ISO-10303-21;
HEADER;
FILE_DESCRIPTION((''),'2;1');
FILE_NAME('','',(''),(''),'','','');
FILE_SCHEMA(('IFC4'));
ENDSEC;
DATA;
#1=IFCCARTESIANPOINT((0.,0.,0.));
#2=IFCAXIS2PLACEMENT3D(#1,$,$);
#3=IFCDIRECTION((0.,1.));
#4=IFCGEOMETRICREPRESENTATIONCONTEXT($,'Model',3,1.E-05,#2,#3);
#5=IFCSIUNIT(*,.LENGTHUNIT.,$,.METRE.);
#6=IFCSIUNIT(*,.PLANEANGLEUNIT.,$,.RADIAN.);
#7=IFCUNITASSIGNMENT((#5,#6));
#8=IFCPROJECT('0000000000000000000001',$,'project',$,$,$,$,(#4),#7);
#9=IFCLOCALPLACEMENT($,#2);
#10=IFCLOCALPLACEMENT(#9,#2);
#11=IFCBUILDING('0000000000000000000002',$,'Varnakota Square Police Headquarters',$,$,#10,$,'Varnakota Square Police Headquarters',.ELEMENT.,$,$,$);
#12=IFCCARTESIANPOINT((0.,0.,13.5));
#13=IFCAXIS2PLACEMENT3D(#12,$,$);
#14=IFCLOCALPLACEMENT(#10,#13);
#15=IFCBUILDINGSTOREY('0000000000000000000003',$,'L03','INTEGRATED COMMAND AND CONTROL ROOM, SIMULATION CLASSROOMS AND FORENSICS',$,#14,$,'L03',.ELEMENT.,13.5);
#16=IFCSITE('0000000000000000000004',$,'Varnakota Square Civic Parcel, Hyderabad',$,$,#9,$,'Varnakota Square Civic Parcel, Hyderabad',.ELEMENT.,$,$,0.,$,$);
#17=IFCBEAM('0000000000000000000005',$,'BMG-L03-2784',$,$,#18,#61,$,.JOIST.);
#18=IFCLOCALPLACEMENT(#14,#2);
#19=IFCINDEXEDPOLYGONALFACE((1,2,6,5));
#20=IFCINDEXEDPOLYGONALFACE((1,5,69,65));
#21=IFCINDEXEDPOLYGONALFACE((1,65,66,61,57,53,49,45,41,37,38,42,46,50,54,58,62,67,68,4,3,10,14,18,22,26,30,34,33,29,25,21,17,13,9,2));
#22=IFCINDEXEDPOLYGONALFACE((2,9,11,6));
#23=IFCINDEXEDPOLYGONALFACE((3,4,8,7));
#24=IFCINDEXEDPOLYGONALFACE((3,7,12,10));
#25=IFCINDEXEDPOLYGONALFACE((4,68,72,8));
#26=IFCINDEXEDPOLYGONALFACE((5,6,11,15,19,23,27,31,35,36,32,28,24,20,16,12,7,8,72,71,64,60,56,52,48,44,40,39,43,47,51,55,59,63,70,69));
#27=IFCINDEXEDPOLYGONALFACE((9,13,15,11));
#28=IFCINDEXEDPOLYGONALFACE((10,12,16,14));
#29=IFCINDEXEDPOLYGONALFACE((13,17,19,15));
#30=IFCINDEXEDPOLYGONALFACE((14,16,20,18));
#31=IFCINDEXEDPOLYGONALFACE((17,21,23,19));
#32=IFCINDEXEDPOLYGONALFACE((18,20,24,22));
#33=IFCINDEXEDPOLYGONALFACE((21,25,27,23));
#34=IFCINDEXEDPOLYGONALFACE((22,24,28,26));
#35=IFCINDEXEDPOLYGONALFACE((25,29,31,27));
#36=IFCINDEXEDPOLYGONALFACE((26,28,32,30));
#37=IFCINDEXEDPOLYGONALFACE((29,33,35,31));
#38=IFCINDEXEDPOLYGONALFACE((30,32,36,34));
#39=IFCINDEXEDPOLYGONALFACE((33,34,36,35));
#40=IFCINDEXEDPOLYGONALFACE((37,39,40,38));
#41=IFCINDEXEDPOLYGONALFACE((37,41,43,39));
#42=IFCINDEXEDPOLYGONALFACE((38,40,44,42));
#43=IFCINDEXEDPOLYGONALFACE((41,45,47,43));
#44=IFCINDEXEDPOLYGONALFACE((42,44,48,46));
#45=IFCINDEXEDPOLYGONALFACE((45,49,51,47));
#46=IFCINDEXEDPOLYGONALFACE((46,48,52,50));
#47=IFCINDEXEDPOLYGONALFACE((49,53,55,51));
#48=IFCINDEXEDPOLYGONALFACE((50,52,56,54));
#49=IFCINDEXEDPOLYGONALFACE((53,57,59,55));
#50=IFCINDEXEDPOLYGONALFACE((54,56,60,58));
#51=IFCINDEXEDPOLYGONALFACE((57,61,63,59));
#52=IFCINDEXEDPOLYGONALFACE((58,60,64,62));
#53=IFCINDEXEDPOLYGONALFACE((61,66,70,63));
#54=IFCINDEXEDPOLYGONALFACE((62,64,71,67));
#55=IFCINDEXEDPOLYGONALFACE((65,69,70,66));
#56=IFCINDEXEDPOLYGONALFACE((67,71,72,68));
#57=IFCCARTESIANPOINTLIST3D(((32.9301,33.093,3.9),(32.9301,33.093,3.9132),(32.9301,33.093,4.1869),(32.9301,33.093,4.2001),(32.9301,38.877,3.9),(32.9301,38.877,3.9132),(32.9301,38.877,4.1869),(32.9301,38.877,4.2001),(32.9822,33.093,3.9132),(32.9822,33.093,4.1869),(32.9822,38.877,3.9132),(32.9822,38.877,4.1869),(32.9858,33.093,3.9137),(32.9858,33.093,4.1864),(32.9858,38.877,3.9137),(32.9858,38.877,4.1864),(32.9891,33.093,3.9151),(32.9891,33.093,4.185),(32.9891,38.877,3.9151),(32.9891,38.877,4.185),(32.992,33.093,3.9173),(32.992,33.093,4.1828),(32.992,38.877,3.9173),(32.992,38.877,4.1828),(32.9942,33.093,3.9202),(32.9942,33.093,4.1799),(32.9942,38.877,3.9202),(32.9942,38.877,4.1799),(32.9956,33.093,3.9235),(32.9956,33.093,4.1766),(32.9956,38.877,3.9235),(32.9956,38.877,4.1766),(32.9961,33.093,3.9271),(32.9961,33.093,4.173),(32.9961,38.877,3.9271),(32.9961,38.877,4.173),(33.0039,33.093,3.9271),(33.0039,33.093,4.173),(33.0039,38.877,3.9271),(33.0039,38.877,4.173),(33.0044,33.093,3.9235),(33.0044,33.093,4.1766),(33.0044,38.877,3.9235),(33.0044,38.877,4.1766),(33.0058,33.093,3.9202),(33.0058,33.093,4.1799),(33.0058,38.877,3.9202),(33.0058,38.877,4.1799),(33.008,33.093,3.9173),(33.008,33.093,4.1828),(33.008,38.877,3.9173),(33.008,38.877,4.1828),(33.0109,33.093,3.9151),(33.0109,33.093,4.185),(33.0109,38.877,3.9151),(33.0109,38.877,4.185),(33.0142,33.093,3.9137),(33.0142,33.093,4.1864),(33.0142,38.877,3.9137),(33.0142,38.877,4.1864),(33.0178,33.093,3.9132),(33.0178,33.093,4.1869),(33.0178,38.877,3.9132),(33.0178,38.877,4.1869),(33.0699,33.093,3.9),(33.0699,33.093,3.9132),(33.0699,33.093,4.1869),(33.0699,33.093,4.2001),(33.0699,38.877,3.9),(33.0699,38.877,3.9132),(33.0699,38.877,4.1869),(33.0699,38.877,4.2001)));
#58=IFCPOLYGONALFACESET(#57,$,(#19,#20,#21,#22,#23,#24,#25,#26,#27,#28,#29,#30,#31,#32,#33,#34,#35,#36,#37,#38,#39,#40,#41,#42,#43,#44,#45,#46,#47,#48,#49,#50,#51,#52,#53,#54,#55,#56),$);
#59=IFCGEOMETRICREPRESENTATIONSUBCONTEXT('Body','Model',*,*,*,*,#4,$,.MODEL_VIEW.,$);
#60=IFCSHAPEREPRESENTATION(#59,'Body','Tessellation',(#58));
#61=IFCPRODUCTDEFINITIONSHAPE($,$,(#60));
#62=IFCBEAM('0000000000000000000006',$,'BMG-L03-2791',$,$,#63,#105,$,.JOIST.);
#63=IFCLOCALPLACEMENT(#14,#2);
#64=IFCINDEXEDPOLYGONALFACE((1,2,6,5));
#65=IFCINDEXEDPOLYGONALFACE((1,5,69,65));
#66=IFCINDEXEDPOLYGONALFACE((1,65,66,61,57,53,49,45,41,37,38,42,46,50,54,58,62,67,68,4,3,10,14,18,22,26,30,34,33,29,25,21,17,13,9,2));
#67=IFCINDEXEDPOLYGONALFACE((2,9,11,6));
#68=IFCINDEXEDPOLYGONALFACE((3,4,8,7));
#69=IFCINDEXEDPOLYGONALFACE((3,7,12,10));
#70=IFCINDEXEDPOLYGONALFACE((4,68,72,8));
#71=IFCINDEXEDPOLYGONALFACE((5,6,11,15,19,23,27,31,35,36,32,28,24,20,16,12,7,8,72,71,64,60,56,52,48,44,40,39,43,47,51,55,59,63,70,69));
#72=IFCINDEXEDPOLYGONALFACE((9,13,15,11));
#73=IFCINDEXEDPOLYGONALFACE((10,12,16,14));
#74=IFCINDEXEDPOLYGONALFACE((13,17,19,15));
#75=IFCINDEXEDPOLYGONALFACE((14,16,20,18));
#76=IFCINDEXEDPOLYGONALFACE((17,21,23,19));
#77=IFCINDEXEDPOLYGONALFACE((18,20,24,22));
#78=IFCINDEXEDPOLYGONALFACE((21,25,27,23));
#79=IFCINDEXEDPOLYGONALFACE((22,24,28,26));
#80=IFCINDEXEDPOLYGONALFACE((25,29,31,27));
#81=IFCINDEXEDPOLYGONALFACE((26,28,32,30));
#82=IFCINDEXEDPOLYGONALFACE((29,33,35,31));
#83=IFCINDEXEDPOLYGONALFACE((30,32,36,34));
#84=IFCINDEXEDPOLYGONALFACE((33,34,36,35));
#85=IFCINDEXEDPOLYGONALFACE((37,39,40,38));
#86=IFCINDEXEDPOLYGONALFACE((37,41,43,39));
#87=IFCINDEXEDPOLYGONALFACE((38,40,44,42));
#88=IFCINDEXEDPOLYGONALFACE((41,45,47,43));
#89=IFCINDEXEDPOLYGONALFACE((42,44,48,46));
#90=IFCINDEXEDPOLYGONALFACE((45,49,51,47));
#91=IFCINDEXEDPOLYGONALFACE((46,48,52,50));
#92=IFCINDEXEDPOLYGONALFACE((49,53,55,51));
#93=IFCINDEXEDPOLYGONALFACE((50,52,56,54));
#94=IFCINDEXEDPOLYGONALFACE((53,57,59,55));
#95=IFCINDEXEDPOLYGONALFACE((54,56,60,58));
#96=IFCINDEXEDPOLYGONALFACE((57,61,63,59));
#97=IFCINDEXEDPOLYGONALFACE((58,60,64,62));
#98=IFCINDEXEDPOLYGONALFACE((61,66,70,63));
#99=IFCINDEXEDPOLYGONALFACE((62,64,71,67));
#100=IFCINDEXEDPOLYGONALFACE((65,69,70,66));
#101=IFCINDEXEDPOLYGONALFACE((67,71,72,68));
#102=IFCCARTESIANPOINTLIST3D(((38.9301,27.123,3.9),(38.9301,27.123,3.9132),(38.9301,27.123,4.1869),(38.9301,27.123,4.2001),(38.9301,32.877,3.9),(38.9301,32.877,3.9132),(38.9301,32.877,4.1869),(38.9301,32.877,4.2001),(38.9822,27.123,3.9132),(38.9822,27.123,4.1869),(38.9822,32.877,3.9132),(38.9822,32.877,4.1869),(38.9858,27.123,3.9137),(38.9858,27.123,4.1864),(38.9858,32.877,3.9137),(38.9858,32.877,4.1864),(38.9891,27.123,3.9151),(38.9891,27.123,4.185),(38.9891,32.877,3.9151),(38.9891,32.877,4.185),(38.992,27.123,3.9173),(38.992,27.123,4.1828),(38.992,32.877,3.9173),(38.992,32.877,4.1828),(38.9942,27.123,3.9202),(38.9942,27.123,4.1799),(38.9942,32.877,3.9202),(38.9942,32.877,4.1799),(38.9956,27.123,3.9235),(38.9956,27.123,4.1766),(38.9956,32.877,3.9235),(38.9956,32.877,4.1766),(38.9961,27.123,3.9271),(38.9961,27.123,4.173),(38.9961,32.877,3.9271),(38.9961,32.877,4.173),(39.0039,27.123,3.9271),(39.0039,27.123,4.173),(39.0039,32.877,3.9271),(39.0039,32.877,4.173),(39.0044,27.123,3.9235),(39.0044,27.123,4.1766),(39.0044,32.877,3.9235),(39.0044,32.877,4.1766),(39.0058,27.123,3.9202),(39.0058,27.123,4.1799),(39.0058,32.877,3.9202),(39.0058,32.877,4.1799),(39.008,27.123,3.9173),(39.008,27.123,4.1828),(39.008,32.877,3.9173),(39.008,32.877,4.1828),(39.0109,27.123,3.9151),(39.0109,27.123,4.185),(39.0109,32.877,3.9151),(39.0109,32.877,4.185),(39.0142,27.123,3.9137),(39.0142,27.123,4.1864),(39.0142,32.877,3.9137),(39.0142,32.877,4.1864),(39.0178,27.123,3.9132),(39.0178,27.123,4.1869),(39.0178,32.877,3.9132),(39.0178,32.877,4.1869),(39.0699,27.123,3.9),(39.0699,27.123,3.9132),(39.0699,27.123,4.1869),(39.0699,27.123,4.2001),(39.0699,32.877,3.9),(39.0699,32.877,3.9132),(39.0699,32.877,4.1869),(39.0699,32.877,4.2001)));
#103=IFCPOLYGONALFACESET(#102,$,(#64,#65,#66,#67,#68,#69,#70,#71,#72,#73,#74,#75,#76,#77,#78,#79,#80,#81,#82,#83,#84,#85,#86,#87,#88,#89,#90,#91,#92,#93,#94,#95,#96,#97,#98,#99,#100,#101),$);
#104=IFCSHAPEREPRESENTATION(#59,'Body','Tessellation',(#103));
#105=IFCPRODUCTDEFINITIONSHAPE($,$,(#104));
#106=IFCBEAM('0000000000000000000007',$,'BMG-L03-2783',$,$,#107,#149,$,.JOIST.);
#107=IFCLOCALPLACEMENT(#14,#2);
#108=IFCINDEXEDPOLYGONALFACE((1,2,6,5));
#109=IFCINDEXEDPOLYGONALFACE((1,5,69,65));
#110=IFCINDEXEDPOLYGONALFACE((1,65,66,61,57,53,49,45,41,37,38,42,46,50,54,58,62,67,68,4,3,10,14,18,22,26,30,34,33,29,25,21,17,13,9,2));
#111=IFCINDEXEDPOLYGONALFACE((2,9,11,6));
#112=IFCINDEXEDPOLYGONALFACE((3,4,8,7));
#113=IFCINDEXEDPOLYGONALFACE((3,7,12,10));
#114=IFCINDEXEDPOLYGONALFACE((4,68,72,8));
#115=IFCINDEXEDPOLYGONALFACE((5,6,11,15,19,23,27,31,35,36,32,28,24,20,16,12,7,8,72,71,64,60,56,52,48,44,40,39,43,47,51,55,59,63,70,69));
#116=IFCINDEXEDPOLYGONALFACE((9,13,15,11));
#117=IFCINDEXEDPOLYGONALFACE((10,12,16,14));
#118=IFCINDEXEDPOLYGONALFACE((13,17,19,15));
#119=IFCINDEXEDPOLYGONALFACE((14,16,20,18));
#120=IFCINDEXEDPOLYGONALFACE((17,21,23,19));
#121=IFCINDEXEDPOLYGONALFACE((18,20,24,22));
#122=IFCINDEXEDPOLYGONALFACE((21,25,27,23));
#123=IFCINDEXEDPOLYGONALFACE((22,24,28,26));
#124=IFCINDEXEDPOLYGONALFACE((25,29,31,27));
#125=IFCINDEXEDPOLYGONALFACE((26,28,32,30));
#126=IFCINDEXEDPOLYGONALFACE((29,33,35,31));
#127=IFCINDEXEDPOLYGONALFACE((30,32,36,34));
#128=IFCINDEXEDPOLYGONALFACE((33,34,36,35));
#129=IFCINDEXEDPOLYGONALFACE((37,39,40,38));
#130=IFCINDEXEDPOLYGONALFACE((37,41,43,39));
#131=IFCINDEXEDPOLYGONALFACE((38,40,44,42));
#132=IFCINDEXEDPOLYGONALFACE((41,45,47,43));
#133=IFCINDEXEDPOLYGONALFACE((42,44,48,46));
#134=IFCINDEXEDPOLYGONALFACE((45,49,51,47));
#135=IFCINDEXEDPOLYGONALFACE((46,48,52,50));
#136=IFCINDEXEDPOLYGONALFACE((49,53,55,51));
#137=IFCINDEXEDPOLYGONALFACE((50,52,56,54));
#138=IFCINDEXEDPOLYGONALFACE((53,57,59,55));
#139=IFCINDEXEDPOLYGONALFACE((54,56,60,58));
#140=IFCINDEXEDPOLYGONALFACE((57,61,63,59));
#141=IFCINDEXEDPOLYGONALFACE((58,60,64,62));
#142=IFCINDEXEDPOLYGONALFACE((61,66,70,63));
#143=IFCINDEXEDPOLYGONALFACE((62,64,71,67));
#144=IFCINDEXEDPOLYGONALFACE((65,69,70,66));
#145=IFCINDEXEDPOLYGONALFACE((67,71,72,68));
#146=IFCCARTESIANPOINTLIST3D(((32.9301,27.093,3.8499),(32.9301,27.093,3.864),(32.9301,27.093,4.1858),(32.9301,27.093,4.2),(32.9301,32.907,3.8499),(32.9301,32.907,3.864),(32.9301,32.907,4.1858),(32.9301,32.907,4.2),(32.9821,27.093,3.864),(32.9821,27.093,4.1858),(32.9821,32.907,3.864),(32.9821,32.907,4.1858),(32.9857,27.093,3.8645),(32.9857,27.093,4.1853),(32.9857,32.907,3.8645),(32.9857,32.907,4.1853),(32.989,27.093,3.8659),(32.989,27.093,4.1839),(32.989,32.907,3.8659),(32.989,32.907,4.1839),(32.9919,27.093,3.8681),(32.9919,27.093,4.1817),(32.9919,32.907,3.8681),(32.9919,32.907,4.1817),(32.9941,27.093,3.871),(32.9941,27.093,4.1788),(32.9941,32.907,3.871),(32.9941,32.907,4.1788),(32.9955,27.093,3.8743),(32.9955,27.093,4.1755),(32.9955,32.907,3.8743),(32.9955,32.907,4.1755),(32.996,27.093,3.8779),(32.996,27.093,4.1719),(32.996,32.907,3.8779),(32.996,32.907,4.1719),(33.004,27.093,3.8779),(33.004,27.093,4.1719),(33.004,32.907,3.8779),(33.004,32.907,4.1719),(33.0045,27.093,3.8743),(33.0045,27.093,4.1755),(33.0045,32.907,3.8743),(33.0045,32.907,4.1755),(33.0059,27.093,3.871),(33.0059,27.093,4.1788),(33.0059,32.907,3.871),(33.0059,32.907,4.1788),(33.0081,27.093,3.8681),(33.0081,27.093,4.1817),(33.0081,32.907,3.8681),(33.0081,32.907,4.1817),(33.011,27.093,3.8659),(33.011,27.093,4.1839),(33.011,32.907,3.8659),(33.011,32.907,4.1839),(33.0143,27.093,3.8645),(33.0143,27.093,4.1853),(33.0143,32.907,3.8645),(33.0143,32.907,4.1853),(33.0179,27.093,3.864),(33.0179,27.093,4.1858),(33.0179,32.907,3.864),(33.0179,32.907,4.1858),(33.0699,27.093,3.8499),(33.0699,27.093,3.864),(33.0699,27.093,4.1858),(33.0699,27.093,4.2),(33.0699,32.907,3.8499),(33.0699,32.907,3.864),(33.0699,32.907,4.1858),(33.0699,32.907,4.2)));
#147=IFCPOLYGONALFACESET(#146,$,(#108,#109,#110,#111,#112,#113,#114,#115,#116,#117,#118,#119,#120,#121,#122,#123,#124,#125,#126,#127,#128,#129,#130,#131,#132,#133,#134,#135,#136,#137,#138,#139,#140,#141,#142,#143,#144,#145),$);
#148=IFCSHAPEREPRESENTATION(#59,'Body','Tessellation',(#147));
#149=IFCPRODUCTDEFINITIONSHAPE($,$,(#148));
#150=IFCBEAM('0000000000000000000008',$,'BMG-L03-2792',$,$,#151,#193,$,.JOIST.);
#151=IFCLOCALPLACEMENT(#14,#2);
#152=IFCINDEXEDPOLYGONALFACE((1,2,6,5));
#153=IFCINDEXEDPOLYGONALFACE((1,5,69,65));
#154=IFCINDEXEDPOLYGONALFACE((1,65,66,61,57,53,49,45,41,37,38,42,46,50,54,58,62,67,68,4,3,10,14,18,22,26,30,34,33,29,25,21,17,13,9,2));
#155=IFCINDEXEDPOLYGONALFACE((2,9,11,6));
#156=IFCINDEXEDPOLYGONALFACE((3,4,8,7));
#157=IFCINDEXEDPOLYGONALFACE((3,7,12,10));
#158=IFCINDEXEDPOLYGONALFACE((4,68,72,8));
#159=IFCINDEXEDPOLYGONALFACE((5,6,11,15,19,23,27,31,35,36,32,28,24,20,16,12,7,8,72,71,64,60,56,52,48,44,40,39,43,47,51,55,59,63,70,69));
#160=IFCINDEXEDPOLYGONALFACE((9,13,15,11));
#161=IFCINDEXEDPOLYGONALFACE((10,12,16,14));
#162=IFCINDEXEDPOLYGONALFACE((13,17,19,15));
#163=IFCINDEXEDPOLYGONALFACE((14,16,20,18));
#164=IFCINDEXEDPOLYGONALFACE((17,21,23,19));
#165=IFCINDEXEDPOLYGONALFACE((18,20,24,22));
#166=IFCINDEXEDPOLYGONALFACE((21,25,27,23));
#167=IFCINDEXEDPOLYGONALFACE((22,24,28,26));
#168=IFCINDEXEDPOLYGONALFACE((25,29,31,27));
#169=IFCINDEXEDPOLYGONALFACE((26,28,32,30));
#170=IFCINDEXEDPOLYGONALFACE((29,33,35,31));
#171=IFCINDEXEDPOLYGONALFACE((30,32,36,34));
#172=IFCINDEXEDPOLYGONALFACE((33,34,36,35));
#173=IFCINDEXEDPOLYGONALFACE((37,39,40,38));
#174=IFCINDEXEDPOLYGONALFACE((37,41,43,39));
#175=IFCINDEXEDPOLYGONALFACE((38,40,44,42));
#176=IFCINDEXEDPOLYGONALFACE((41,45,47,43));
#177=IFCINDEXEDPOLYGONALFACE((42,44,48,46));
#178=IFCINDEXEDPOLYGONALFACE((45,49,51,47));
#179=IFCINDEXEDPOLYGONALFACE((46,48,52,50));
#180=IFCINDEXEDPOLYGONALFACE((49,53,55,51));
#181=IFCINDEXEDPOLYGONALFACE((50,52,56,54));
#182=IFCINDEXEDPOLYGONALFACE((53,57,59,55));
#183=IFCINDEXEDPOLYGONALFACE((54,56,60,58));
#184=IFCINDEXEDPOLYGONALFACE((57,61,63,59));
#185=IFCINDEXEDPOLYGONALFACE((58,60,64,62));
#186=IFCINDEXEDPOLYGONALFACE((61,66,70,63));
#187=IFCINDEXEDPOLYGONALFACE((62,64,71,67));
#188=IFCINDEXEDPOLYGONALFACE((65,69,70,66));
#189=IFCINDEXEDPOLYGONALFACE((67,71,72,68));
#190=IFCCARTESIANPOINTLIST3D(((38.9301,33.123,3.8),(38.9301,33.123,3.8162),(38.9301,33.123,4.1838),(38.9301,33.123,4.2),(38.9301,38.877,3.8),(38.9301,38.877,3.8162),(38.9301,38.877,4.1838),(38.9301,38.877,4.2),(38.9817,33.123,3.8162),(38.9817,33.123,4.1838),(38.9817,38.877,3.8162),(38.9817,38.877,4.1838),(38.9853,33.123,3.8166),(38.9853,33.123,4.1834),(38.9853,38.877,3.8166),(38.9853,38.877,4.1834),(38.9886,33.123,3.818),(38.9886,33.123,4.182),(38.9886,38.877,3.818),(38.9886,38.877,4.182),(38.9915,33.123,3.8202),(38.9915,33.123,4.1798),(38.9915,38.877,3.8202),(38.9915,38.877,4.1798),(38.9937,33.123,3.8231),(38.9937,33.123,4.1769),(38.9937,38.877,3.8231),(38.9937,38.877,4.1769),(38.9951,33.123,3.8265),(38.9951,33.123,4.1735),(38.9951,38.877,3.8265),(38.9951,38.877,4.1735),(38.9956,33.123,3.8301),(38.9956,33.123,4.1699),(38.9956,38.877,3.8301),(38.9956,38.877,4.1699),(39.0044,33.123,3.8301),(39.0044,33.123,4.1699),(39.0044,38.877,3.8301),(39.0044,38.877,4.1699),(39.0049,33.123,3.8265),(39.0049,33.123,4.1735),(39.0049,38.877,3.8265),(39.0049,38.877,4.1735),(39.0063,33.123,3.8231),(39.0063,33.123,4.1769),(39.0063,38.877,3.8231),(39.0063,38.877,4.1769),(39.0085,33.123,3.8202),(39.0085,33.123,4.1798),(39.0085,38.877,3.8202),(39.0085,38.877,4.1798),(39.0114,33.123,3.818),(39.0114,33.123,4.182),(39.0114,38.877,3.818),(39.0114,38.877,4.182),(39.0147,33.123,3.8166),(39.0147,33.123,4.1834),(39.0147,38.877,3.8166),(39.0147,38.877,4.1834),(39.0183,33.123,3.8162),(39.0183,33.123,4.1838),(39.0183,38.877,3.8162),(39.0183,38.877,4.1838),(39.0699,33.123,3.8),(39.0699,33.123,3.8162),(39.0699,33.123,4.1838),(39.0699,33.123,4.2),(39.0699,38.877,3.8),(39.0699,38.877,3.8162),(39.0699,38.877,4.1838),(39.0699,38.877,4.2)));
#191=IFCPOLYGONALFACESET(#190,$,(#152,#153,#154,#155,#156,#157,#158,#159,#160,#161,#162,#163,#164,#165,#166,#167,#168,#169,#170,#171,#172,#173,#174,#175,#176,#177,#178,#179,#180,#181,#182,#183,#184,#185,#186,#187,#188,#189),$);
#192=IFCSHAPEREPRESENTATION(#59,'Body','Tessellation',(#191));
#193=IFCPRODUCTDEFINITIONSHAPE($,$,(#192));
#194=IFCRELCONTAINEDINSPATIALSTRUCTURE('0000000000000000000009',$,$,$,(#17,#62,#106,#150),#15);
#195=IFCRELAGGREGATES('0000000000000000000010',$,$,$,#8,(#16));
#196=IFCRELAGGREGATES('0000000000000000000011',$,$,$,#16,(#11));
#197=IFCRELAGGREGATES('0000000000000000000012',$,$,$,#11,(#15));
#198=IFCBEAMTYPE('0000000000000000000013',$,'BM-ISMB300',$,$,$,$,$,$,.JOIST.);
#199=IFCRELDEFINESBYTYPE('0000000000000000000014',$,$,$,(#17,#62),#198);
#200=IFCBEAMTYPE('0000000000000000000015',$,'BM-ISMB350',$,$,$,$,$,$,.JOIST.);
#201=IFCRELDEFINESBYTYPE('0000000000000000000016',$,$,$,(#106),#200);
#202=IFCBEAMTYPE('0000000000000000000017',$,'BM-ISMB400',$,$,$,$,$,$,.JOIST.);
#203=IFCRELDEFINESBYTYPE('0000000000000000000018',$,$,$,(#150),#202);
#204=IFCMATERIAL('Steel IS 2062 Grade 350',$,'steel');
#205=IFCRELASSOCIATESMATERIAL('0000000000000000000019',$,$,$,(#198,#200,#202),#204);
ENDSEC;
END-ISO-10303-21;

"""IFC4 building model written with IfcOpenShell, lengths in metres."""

from ifc_helpers import new_model, si_unit, direction, frame, origin, origin_2d, place, context, subcontext, project, spatial, i_section, extrude, material, material_profile, profile_set, type_object, element, save


model = new_model("IFC4")

# Units and contexts
model_context = context("Model", 3, precision=1e-05, world=origin(), true_north=direction((0.0, 1.0)))
body_context = subcontext(model_context, "Body", "Model", "MODEL_VIEW")
ifc_project = project(units=[si_unit("LENGTHUNIT", "METRE"), si_unit("PLANEANGLEUNIT", "RADIAN")], contexts=[model_context])

# Site, building, storey
site_placement = place(None, origin())
site = spatial("IfcSite", under=ifc_project, at=site_placement, Name="Varnakota Square Civic Parcel, Hyderabad", LongName="Varnakota Square Civic Parcel, Hyderabad", CompositionType="ELEMENT", RefElevation=0.0)
building_placement = place(site_placement, origin())
building = spatial("IfcBuilding", under=site, at=building_placement, Name="Varnakota Square Police Headquarters", LongName="Varnakota Square Police Headquarters", CompositionType="ELEMENT")
storey_placement = place(building_placement, frame((0.0, 0.0, 13.5)))
storey = spatial("IfcBuildingStorey", under=building, at=storey_placement, Name="L03", Description="INTEGRATED COMMAND AND CONTROL ROOM, SIMULATION CLASSROOMS AND FORENSICS", LongName="L03", CompositionType="ELEMENT", Elevation=13.5)

# Shared definitions
ifc_material_1 = material(Name="Steel IS 2062 Grade 350", Category="steel")

# Beams
ifc_material_profile_1 = material_profile(ifc_material_1, i_section(OverallWidth=0.1399, OverallDepth=0.3, WebThickness=0.0078, FlangeThickness=0.0132, FilletRadius=0.0139, at=origin_2d()), Name="ISMB 300")
ifc_profile_set_1 = profile_set([ifc_material_profile_1], Name="Steel IS 2062 Grade 350")
beam_type_1 = type_object("IfcBeamType", Name="BM-ISMB300", PredefinedType="JOIST", material=ifc_profile_set_1)
beam_1_placement = place(storey_placement, frame((33.0, 33.093, 4.05), z_axis=(0.0, 1.0, 0.0), x_axis=(-1.0, 0.0, 0.0)))
element("IfcBeam", 1, at=beam_1_placement, inside=storey, type_object=beam_type_1, Name="BMG-L03-2784", PredefinedType="JOIST", context=body_context, shape_type="SweptSolid", body=[
    extrude(i_section(OverallWidth=0.1399, OverallDepth=0.3, WebThickness=0.0078, FlangeThickness=0.0132, FilletRadius=0.0139, at=origin_2d()), origin(), (0.0, 0.0, 1.0), 5.7839),
])
beam_2_placement = place(storey_placement, frame((39.0, 27.123, 4.05), z_axis=(0.0, 1.0, 0.0), x_axis=(-1.0, 0.0, 0.0)))
element("IfcBeam", 2, at=beam_2_placement, inside=storey, type_object=beam_type_1, Name="BMG-L03-2791", PredefinedType="JOIST", context=body_context, shape_type="SweptSolid", body=[
    extrude(i_section(OverallWidth=0.1399, OverallDepth=0.3, WebThickness=0.0078, FlangeThickness=0.0132, FilletRadius=0.0139, at=origin_2d()), origin(), (0.0, 0.0, 1.0), 5.7539),
])
ifc_material_profile_2 = material_profile(ifc_material_1, i_section(OverallWidth=0.1399, OverallDepth=0.3501, WebThickness=0.0081, FlangeThickness=0.0142, FilletRadius=0.0139, at=origin_2d()), Name="ISMB 350")
ifc_profile_set_2 = profile_set([ifc_material_profile_2], Name="Steel IS 2062 Grade 350")
beam_type_2 = type_object("IfcBeamType", Name="BM-ISMB350", PredefinedType="JOIST", material=ifc_profile_set_2)
beam_3_placement = place(storey_placement, frame((33.0, 27.093, 4.0249), z_axis=(0.0, 1.0, 0.0), x_axis=(-1.0, 0.0, 0.0)))
element("IfcBeam", 3, at=beam_3_placement, inside=storey, type_object=beam_type_2, Name="BMG-L03-2783", PredefinedType="JOIST", context=body_context, shape_type="SweptSolid", body=[
    extrude(i_section(OverallWidth=0.1399, OverallDepth=0.3501, WebThickness=0.0081, FlangeThickness=0.0142, FilletRadius=0.0139, at=origin_2d()), origin(), (0.0, 0.0, 1.0), 5.814),
])
ifc_material_profile_3 = material_profile(ifc_material_1, i_section(OverallWidth=0.1399, OverallDepth=0.3999, WebThickness=0.0088, FlangeThickness=0.0161, FilletRadius=0.0139, at=origin_2d()), Name="ISMB 400")
ifc_profile_set_3 = profile_set([ifc_material_profile_3], Name="Steel IS 2062 Grade 350")
beam_type_3 = type_object("IfcBeamType", Name="BM-ISMB400", PredefinedType="JOIST", material=ifc_profile_set_3)
beam_4_placement = place(storey_placement, frame((39.0, 33.123, 4.0), z_axis=(0.0, 1.0, 0.0), x_axis=(-1.0, 0.0, 0.0)))
element("IfcBeam", 4, at=beam_4_placement, inside=storey, type_object=beam_type_3, Name="BMG-L03-2792", PredefinedType="JOIST", context=body_context, shape_type="SweptSolid", body=[
    extrude(i_section(OverallWidth=0.1399, OverallDepth=0.3999, WebThickness=0.0088, FlangeThickness=0.0161, FilletRadius=0.0139, at=origin_2d()), origin(), (0.0, 0.0, 1.0), 5.7539),
])

save(model, "model.ifc")
